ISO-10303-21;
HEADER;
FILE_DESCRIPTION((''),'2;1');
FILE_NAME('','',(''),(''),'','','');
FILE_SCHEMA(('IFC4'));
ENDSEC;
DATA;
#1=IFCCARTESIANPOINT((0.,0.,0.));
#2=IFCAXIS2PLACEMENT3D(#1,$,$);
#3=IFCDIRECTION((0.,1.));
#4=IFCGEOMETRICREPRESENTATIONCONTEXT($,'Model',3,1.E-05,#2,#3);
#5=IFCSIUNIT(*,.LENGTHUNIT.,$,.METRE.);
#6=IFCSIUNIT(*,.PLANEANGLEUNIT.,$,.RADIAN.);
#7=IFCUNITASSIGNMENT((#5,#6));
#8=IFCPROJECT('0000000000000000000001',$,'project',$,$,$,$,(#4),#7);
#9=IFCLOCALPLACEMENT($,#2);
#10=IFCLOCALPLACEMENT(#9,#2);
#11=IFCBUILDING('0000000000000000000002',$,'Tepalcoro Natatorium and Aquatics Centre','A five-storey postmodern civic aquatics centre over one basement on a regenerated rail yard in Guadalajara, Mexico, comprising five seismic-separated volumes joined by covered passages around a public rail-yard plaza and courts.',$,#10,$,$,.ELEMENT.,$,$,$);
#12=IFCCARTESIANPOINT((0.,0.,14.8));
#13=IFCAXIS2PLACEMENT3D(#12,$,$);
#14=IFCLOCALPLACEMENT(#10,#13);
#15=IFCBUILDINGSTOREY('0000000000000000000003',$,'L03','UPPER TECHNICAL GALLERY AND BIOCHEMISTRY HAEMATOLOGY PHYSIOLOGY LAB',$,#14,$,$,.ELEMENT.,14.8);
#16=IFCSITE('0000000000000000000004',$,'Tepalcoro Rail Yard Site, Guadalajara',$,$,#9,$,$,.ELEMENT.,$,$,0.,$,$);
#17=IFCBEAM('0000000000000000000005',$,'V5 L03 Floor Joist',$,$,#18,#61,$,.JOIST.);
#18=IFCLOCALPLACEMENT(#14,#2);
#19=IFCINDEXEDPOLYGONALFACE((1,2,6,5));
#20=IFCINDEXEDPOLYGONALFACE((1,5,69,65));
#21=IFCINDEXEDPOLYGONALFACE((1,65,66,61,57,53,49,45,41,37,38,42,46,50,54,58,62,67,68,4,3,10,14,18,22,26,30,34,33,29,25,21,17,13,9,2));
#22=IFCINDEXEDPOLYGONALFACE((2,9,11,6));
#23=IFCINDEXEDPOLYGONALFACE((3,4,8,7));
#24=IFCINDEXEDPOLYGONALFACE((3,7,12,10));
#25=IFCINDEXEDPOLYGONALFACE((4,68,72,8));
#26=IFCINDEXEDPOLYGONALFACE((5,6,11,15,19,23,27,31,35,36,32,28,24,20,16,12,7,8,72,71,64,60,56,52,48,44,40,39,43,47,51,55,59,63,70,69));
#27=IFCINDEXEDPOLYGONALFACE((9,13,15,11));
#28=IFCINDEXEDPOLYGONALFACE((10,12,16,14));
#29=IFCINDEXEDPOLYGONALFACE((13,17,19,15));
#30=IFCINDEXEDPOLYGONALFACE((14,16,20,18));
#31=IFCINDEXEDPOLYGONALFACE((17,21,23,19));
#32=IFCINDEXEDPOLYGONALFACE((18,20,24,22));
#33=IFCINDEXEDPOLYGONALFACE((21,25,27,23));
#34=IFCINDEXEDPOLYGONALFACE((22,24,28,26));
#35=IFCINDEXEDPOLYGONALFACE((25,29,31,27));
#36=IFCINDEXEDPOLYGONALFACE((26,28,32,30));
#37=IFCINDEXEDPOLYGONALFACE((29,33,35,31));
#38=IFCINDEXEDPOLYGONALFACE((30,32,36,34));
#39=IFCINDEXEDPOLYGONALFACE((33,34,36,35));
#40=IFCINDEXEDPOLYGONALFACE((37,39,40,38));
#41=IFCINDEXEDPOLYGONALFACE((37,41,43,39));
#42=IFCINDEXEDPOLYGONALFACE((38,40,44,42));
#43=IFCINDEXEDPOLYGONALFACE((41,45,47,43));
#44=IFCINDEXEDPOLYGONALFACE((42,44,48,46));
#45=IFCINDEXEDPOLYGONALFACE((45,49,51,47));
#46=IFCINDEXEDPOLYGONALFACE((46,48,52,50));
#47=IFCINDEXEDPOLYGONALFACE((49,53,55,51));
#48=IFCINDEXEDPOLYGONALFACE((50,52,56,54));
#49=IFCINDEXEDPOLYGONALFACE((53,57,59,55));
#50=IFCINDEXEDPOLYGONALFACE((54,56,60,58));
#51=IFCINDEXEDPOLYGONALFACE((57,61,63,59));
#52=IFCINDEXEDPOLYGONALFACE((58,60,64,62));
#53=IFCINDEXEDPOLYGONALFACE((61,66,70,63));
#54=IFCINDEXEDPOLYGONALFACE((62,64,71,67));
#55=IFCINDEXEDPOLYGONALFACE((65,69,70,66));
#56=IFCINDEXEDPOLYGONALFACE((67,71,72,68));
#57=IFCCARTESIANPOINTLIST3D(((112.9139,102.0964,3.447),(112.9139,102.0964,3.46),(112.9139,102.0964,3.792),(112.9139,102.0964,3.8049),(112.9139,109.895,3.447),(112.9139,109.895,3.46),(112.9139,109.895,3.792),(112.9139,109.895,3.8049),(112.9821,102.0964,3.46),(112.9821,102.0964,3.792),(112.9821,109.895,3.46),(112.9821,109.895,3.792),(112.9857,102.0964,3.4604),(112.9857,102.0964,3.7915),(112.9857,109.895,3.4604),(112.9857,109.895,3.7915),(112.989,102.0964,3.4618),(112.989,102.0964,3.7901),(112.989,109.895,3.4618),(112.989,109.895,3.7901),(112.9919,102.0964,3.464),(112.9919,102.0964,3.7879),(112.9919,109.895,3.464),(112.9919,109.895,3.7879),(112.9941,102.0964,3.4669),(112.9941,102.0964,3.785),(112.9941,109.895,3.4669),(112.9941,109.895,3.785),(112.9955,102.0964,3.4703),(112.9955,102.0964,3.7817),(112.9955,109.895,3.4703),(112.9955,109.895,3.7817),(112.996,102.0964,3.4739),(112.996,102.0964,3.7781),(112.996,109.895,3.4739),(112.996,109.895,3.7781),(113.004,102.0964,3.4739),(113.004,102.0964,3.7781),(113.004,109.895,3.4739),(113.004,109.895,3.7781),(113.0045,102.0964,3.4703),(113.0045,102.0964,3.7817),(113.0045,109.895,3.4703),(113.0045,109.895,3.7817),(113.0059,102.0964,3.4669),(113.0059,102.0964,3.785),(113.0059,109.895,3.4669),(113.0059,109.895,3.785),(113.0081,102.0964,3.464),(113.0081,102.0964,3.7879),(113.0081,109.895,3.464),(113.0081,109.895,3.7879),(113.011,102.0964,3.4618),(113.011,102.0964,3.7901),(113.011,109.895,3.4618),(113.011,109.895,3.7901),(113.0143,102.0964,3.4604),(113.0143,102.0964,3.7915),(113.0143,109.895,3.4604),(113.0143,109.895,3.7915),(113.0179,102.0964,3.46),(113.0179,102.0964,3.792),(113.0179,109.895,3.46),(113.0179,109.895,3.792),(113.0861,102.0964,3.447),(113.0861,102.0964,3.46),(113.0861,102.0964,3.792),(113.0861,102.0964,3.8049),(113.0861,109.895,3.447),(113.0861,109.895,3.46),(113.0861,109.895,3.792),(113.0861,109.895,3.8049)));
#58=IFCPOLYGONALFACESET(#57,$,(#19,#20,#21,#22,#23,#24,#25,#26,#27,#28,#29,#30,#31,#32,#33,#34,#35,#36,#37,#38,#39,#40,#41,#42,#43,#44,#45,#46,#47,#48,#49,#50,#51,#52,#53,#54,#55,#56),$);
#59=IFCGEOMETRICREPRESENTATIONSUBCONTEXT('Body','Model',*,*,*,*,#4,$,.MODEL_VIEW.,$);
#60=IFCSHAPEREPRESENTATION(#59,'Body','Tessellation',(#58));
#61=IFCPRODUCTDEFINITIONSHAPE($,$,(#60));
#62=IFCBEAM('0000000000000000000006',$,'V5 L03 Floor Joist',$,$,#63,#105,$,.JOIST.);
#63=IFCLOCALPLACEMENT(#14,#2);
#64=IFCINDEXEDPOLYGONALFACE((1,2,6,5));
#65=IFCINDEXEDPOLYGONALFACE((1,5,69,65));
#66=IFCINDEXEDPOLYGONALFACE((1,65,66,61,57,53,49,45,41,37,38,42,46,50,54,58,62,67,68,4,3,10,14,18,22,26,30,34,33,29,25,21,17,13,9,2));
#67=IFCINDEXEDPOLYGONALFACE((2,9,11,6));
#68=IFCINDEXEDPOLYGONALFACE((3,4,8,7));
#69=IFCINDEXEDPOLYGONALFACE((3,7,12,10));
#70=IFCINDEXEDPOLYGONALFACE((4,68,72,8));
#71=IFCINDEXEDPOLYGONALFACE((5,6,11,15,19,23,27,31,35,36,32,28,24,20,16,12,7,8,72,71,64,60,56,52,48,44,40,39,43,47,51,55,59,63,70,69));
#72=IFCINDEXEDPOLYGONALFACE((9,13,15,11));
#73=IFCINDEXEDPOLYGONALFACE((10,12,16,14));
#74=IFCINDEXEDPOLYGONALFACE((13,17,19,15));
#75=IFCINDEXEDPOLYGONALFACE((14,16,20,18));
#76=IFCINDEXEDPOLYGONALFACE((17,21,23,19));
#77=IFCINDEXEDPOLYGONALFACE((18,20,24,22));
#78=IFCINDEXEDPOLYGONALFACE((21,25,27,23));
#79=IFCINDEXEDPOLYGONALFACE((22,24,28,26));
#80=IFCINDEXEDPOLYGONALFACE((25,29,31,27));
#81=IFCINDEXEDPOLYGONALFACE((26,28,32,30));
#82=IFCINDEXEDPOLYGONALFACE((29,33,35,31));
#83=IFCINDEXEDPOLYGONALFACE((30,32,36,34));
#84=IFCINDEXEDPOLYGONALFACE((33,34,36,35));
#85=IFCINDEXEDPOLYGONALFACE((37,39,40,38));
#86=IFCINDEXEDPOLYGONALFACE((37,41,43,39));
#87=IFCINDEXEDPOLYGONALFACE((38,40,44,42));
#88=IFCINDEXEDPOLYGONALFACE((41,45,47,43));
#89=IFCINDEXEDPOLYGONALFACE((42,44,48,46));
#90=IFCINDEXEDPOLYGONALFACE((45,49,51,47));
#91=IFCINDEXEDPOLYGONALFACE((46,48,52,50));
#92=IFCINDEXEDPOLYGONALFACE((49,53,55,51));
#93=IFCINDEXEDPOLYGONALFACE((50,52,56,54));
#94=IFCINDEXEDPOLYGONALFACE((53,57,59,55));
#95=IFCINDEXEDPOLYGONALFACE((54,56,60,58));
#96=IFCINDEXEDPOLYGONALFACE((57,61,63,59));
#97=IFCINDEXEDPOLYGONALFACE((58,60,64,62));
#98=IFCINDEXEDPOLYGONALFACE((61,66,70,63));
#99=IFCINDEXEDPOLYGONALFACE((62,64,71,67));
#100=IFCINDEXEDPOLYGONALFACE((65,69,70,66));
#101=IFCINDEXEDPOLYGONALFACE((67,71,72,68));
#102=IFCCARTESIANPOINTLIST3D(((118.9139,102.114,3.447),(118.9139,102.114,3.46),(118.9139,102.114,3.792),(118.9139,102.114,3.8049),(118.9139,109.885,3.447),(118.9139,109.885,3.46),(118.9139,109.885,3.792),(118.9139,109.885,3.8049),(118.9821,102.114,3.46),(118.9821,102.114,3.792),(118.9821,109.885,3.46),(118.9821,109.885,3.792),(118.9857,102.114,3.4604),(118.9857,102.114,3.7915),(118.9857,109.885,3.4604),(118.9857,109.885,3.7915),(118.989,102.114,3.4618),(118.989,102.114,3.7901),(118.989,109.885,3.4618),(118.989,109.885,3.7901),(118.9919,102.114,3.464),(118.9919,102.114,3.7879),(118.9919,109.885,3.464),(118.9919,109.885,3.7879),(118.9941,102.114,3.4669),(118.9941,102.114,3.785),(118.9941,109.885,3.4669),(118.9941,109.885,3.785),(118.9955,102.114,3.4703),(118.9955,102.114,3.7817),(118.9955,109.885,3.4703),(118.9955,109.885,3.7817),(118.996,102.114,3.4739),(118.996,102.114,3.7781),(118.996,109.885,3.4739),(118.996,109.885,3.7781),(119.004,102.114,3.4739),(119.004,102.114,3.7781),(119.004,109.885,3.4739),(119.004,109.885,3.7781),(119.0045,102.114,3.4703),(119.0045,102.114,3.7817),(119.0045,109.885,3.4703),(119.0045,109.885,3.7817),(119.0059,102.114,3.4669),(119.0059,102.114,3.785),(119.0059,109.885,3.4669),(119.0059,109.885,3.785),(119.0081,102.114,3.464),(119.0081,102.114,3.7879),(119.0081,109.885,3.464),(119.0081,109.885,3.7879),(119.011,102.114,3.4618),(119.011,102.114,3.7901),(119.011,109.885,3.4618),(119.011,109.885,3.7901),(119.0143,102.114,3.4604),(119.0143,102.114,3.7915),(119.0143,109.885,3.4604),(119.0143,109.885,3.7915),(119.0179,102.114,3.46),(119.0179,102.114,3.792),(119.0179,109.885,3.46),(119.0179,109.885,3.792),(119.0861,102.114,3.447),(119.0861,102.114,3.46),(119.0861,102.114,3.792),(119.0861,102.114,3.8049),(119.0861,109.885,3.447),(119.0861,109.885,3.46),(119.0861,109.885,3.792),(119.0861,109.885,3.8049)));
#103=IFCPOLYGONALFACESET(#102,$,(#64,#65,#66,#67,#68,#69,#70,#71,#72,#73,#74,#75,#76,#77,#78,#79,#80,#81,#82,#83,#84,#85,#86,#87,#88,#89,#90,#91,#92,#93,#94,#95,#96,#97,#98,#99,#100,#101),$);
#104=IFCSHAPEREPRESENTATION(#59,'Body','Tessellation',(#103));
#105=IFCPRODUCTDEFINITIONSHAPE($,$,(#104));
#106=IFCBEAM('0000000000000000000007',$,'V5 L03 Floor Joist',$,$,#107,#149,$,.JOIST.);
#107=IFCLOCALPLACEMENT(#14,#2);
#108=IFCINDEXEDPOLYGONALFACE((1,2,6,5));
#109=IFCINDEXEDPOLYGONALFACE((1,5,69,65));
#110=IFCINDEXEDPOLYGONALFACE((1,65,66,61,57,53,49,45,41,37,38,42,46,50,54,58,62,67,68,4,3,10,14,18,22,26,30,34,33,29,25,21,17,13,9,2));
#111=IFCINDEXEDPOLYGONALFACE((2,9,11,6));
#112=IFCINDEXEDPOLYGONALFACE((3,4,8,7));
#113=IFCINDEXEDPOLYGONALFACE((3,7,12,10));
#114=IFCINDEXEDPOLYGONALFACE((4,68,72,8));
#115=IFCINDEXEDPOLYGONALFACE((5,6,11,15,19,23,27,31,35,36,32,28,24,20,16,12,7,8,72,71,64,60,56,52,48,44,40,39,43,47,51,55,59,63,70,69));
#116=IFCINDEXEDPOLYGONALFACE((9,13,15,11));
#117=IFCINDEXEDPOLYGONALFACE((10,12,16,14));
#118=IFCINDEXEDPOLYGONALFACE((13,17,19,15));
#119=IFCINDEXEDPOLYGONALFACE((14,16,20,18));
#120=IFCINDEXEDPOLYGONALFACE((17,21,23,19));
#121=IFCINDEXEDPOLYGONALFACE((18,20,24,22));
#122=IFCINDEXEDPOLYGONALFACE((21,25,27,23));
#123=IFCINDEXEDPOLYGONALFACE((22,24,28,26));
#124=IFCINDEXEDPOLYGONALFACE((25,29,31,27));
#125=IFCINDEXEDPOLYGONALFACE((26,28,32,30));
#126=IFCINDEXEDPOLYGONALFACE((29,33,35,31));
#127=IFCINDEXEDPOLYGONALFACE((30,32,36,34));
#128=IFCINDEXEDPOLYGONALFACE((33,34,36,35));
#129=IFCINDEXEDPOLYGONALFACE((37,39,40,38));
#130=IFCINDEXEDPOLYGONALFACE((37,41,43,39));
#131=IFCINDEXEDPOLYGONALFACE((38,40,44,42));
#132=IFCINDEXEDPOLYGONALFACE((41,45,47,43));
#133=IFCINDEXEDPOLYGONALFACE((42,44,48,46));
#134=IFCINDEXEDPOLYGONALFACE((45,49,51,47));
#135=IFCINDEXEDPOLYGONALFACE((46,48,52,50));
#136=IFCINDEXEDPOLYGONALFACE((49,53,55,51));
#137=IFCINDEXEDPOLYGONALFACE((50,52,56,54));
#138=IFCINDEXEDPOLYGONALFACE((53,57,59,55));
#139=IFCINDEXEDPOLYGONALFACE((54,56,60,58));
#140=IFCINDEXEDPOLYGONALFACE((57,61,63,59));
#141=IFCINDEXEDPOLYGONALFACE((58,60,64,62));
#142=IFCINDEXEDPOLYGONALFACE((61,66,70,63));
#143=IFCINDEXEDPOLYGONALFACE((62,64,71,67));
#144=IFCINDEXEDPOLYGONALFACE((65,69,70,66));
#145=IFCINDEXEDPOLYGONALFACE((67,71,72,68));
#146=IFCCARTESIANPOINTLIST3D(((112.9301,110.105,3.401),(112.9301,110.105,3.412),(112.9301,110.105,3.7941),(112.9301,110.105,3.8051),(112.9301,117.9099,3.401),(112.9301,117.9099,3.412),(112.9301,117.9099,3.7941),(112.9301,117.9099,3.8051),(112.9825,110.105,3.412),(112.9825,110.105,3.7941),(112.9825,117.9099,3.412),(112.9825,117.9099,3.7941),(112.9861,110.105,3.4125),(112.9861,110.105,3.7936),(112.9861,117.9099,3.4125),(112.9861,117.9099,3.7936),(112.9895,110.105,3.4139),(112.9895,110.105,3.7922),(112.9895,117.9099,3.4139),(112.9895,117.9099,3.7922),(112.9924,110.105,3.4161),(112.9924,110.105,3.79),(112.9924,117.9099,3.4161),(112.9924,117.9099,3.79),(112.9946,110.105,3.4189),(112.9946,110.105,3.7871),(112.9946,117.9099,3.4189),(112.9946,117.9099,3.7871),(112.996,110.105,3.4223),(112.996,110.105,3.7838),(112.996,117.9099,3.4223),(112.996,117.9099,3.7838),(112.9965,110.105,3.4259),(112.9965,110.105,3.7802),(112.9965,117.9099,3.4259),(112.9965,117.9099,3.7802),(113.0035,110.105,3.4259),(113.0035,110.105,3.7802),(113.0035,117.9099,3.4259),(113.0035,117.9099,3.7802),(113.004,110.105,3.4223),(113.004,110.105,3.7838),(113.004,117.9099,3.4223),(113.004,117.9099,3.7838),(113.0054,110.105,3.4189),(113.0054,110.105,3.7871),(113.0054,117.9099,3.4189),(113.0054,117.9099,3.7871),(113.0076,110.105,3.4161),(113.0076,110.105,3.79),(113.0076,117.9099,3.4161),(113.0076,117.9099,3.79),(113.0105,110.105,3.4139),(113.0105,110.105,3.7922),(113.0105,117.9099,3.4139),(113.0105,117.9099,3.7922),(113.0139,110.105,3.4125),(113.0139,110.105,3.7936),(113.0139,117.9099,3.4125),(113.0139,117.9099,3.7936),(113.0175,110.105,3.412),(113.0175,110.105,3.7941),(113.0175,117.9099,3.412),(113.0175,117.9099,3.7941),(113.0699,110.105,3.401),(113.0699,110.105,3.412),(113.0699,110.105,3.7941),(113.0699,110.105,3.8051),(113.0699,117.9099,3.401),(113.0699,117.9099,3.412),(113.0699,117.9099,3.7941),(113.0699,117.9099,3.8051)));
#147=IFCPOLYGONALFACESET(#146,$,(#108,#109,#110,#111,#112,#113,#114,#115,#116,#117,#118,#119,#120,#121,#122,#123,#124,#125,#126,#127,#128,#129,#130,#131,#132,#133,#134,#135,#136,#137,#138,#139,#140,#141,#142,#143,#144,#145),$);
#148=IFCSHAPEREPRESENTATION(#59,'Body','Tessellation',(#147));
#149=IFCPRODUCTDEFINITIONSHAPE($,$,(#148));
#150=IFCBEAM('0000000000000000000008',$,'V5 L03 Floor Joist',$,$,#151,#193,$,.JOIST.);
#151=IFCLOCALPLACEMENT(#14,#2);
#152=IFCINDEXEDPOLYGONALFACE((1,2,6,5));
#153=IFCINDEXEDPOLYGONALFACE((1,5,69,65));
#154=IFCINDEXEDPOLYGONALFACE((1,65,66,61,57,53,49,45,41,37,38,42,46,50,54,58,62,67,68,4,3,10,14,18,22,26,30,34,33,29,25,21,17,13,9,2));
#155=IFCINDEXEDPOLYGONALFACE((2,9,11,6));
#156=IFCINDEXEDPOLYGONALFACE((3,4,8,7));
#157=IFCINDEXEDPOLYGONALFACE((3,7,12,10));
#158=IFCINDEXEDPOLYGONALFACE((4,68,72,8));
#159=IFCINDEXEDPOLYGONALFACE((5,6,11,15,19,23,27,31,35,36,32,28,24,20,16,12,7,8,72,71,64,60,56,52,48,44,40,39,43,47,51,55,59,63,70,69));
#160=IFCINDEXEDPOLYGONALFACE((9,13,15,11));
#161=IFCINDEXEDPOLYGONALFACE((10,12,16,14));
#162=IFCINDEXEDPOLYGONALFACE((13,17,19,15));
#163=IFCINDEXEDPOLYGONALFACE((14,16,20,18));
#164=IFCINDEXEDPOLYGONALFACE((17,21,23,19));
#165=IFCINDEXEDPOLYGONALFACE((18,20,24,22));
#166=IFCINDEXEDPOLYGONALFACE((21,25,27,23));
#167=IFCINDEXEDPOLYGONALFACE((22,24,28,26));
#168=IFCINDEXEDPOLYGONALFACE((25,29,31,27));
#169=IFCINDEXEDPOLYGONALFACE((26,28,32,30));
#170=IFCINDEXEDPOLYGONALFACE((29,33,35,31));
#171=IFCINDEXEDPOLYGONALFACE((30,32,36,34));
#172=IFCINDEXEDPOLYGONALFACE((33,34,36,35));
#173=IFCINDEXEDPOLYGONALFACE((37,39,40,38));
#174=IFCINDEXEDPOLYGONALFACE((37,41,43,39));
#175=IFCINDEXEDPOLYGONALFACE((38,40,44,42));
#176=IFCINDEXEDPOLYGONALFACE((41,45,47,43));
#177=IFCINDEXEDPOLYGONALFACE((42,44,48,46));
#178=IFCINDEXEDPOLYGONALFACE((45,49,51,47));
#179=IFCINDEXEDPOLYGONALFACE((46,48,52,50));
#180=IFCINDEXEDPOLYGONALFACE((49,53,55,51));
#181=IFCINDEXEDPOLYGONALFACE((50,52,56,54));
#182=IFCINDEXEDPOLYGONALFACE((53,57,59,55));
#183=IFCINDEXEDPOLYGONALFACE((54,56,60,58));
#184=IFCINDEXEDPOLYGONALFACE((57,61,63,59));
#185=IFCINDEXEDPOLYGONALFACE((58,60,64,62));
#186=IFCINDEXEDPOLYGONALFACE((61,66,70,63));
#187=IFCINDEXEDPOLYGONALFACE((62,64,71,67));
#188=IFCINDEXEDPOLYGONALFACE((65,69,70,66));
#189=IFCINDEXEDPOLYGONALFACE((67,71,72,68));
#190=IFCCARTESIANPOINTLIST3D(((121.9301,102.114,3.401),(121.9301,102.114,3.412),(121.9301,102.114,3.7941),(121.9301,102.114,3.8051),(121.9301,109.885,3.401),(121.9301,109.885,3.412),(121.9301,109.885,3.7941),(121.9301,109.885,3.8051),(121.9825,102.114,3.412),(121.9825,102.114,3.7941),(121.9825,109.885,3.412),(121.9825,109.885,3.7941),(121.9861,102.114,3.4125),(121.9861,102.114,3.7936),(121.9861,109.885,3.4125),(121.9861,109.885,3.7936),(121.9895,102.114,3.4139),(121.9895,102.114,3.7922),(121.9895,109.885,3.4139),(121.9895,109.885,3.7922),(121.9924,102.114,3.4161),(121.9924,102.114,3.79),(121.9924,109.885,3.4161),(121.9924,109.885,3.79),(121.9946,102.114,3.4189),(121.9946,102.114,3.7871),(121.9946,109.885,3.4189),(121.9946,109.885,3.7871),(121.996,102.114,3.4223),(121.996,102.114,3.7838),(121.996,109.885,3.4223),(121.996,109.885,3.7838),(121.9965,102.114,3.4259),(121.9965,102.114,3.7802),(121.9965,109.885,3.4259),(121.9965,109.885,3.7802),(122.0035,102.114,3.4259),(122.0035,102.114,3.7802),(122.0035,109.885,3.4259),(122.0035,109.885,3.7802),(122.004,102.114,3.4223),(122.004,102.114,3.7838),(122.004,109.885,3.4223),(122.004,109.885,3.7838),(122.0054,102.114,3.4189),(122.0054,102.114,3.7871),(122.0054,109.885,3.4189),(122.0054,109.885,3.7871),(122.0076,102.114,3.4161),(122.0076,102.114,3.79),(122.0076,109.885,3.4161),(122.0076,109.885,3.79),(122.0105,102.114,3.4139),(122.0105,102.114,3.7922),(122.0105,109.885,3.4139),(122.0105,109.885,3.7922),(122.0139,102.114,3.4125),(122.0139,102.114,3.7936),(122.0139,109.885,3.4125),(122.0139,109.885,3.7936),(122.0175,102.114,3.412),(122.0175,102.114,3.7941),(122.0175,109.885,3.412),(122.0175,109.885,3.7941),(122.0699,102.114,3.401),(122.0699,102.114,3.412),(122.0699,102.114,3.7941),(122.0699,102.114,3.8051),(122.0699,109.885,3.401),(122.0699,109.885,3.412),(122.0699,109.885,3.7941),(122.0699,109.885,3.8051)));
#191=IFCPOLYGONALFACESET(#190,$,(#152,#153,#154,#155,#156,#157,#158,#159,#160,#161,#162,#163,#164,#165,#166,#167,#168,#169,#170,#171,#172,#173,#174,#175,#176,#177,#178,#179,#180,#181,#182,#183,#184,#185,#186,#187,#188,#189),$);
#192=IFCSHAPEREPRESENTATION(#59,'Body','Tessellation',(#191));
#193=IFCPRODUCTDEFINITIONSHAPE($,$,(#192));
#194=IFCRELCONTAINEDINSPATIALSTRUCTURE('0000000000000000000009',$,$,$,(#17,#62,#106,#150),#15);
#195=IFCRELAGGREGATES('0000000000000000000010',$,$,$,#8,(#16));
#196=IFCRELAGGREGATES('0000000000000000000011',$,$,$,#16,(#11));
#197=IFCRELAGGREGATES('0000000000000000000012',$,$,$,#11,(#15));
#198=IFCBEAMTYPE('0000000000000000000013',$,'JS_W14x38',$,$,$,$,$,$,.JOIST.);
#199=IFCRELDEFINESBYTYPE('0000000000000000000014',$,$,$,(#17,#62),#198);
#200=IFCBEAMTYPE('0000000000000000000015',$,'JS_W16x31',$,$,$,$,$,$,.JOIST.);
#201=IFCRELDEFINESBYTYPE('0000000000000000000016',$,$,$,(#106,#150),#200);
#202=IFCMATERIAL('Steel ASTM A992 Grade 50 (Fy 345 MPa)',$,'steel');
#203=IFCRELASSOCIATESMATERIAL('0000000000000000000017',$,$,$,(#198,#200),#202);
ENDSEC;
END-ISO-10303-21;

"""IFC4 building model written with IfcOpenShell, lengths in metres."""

from ifc_helpers import new_model, si_unit, direction, frame, origin, origin_2d, place, context, subcontext, project, spatial, i_section, extrude, material, material_profile, profile_set, type_object, element, save


model = new_model("IFC4")

# Units and contexts
model_context = context("Model", 3, precision=1e-05, world=origin(), true_north=direction((0.0, 1.0)))
body_context = subcontext(model_context, "Body", "Model", "MODEL_VIEW")
ifc_project = project(units=[si_unit("LENGTHUNIT", "METRE"), si_unit("PLANEANGLEUNIT", "RADIAN")], contexts=[model_context])

# Site, building, storey
site_placement = place(None, origin())
site = spatial("IfcSite", under=ifc_project, at=site_placement, Name="Tepalcoro Rail Yard Site, Guadalajara", CompositionType="ELEMENT", RefElevation=0.0)
building_placement = place(site_placement, origin())
building = spatial("IfcBuilding", under=site, at=building_placement, Name="Tepalcoro Natatorium and Aquatics Centre", Description="A five-storey postmodern civic aquatics centre over one basement on a regenerated rail yard in Guadalajara, Mexico, comprising five seismic-separated volumes joined by covered passages around a public rail-yard plaza and courts.", CompositionType="ELEMENT")
storey_placement = place(building_placement, frame((0.0, 0.0, 14.8)))
storey = spatial("IfcBuildingStorey", under=building, at=storey_placement, Name="L03", Description="UPPER TECHNICAL GALLERY AND BIOCHEMISTRY HAEMATOLOGY PHYSIOLOGY LAB", CompositionType="ELEMENT", Elevation=14.8)

# Shared definitions
ifc_material_1 = material(Name="Steel ASTM A992 Grade 50 (Fy 345 MPa)", Category="steel")

# Beams
ifc_material_profile_1 = material_profile(ifc_material_1, i_section(OverallWidth=0.1721, OverallDepth=0.3579, WebThickness=0.0081, FlangeThickness=0.0129, FilletRadius=0.0139, at=origin_2d()), Name="W14X38")
ifc_profile_set_1 = profile_set([ifc_material_profile_1], Name="Steel ASTM A992 Grade 50 (Fy 345 MPa)")
beam_type_1 = type_object("IfcBeamType", Name="JS_W14x38", PredefinedType="JOIST", material=ifc_profile_set_1)
beam_1_placement = place(storey_placement, frame((113.0, 102.0964, 3.626), z_axis=(0.0, 1.0, 0.0), x_axis=(-1.0, 0.0, 0.0)))
element("IfcBeam", 1, at=beam_1_placement, inside=storey, type_object=beam_type_1, Name="V5 L03 Floor Joist", PredefinedType="JOIST", context=body_context, shape_type="SweptSolid", body=[
    extrude(i_section(OverallWidth=0.1721, OverallDepth=0.3579, WebThickness=0.0081, FlangeThickness=0.0129, FilletRadius=0.0139, at=origin_2d()), origin(), (0.0, 0.0, 1.0), 7.7986),
])
beam_2_placement = place(storey_placement, frame((119.0, 102.114, 3.626), z_axis=(0.0, 1.0, 0.0), x_axis=(-1.0, 0.0, 0.0)))
element("IfcBeam", 2, at=beam_2_placement, inside=storey, type_object=beam_type_1, Name="V5 L03 Floor Joist", PredefinedType="JOIST", context=body_context, shape_type="SweptSolid", body=[
    extrude(i_section(OverallWidth=0.1721, OverallDepth=0.3579, WebThickness=0.0081, FlangeThickness=0.0129, FilletRadius=0.0139, at=origin_2d()), origin(), (0.0, 0.0, 1.0), 7.771),
])
ifc_material_profile_2 = material_profile(ifc_material_1, i_section(OverallWidth=0.1399, OverallDepth=0.4041, WebThickness=0.0071, FlangeThickness=0.011, FilletRadius=0.0139, at=origin_2d()), Name="W16X31")
ifc_profile_set_2 = profile_set([ifc_material_profile_2], Name="Steel ASTM A992 Grade 50 (Fy 345 MPa)")
beam_type_2 = type_object("IfcBeamType", Name="JS_W16x31", PredefinedType="JOIST", material=ifc_profile_set_2)
beam_3_placement = place(storey_placement, frame((113.0, 110.105, 3.603), z_axis=(0.0, 1.0, 0.0), x_axis=(-1.0, 0.0, 0.0)))
element("IfcBeam", 3, at=beam_3_placement, inside=storey, type_object=beam_type_2, Name="V5 L03 Floor Joist", PredefinedType="JOIST", context=body_context, shape_type="SweptSolid", body=[
    extrude(i_section(OverallWidth=0.1399, OverallDepth=0.4041, WebThickness=0.0071, FlangeThickness=0.011, FilletRadius=0.0139, at=origin_2d()), origin(), (0.0, 0.0, 1.0), 7.8049),
])
beam_4_placement = place(storey_placement, frame((122.0, 102.114, 3.603), z_axis=(0.0, 1.0, 0.0), x_axis=(-1.0, 0.0, 0.0)))
element("IfcBeam", 4, at=beam_4_placement, inside=storey, type_object=beam_type_2, Name="V5 L03 Floor Joist", PredefinedType="JOIST", context=body_context, shape_type="SweptSolid", body=[
    extrude(i_section(OverallWidth=0.1399, OverallDepth=0.4041, WebThickness=0.0071, FlangeThickness=0.011, FilletRadius=0.0139, at=origin_2d()), origin(), (0.0, 0.0, 1.0), 7.771),
])

save(model, "model.ifc")
